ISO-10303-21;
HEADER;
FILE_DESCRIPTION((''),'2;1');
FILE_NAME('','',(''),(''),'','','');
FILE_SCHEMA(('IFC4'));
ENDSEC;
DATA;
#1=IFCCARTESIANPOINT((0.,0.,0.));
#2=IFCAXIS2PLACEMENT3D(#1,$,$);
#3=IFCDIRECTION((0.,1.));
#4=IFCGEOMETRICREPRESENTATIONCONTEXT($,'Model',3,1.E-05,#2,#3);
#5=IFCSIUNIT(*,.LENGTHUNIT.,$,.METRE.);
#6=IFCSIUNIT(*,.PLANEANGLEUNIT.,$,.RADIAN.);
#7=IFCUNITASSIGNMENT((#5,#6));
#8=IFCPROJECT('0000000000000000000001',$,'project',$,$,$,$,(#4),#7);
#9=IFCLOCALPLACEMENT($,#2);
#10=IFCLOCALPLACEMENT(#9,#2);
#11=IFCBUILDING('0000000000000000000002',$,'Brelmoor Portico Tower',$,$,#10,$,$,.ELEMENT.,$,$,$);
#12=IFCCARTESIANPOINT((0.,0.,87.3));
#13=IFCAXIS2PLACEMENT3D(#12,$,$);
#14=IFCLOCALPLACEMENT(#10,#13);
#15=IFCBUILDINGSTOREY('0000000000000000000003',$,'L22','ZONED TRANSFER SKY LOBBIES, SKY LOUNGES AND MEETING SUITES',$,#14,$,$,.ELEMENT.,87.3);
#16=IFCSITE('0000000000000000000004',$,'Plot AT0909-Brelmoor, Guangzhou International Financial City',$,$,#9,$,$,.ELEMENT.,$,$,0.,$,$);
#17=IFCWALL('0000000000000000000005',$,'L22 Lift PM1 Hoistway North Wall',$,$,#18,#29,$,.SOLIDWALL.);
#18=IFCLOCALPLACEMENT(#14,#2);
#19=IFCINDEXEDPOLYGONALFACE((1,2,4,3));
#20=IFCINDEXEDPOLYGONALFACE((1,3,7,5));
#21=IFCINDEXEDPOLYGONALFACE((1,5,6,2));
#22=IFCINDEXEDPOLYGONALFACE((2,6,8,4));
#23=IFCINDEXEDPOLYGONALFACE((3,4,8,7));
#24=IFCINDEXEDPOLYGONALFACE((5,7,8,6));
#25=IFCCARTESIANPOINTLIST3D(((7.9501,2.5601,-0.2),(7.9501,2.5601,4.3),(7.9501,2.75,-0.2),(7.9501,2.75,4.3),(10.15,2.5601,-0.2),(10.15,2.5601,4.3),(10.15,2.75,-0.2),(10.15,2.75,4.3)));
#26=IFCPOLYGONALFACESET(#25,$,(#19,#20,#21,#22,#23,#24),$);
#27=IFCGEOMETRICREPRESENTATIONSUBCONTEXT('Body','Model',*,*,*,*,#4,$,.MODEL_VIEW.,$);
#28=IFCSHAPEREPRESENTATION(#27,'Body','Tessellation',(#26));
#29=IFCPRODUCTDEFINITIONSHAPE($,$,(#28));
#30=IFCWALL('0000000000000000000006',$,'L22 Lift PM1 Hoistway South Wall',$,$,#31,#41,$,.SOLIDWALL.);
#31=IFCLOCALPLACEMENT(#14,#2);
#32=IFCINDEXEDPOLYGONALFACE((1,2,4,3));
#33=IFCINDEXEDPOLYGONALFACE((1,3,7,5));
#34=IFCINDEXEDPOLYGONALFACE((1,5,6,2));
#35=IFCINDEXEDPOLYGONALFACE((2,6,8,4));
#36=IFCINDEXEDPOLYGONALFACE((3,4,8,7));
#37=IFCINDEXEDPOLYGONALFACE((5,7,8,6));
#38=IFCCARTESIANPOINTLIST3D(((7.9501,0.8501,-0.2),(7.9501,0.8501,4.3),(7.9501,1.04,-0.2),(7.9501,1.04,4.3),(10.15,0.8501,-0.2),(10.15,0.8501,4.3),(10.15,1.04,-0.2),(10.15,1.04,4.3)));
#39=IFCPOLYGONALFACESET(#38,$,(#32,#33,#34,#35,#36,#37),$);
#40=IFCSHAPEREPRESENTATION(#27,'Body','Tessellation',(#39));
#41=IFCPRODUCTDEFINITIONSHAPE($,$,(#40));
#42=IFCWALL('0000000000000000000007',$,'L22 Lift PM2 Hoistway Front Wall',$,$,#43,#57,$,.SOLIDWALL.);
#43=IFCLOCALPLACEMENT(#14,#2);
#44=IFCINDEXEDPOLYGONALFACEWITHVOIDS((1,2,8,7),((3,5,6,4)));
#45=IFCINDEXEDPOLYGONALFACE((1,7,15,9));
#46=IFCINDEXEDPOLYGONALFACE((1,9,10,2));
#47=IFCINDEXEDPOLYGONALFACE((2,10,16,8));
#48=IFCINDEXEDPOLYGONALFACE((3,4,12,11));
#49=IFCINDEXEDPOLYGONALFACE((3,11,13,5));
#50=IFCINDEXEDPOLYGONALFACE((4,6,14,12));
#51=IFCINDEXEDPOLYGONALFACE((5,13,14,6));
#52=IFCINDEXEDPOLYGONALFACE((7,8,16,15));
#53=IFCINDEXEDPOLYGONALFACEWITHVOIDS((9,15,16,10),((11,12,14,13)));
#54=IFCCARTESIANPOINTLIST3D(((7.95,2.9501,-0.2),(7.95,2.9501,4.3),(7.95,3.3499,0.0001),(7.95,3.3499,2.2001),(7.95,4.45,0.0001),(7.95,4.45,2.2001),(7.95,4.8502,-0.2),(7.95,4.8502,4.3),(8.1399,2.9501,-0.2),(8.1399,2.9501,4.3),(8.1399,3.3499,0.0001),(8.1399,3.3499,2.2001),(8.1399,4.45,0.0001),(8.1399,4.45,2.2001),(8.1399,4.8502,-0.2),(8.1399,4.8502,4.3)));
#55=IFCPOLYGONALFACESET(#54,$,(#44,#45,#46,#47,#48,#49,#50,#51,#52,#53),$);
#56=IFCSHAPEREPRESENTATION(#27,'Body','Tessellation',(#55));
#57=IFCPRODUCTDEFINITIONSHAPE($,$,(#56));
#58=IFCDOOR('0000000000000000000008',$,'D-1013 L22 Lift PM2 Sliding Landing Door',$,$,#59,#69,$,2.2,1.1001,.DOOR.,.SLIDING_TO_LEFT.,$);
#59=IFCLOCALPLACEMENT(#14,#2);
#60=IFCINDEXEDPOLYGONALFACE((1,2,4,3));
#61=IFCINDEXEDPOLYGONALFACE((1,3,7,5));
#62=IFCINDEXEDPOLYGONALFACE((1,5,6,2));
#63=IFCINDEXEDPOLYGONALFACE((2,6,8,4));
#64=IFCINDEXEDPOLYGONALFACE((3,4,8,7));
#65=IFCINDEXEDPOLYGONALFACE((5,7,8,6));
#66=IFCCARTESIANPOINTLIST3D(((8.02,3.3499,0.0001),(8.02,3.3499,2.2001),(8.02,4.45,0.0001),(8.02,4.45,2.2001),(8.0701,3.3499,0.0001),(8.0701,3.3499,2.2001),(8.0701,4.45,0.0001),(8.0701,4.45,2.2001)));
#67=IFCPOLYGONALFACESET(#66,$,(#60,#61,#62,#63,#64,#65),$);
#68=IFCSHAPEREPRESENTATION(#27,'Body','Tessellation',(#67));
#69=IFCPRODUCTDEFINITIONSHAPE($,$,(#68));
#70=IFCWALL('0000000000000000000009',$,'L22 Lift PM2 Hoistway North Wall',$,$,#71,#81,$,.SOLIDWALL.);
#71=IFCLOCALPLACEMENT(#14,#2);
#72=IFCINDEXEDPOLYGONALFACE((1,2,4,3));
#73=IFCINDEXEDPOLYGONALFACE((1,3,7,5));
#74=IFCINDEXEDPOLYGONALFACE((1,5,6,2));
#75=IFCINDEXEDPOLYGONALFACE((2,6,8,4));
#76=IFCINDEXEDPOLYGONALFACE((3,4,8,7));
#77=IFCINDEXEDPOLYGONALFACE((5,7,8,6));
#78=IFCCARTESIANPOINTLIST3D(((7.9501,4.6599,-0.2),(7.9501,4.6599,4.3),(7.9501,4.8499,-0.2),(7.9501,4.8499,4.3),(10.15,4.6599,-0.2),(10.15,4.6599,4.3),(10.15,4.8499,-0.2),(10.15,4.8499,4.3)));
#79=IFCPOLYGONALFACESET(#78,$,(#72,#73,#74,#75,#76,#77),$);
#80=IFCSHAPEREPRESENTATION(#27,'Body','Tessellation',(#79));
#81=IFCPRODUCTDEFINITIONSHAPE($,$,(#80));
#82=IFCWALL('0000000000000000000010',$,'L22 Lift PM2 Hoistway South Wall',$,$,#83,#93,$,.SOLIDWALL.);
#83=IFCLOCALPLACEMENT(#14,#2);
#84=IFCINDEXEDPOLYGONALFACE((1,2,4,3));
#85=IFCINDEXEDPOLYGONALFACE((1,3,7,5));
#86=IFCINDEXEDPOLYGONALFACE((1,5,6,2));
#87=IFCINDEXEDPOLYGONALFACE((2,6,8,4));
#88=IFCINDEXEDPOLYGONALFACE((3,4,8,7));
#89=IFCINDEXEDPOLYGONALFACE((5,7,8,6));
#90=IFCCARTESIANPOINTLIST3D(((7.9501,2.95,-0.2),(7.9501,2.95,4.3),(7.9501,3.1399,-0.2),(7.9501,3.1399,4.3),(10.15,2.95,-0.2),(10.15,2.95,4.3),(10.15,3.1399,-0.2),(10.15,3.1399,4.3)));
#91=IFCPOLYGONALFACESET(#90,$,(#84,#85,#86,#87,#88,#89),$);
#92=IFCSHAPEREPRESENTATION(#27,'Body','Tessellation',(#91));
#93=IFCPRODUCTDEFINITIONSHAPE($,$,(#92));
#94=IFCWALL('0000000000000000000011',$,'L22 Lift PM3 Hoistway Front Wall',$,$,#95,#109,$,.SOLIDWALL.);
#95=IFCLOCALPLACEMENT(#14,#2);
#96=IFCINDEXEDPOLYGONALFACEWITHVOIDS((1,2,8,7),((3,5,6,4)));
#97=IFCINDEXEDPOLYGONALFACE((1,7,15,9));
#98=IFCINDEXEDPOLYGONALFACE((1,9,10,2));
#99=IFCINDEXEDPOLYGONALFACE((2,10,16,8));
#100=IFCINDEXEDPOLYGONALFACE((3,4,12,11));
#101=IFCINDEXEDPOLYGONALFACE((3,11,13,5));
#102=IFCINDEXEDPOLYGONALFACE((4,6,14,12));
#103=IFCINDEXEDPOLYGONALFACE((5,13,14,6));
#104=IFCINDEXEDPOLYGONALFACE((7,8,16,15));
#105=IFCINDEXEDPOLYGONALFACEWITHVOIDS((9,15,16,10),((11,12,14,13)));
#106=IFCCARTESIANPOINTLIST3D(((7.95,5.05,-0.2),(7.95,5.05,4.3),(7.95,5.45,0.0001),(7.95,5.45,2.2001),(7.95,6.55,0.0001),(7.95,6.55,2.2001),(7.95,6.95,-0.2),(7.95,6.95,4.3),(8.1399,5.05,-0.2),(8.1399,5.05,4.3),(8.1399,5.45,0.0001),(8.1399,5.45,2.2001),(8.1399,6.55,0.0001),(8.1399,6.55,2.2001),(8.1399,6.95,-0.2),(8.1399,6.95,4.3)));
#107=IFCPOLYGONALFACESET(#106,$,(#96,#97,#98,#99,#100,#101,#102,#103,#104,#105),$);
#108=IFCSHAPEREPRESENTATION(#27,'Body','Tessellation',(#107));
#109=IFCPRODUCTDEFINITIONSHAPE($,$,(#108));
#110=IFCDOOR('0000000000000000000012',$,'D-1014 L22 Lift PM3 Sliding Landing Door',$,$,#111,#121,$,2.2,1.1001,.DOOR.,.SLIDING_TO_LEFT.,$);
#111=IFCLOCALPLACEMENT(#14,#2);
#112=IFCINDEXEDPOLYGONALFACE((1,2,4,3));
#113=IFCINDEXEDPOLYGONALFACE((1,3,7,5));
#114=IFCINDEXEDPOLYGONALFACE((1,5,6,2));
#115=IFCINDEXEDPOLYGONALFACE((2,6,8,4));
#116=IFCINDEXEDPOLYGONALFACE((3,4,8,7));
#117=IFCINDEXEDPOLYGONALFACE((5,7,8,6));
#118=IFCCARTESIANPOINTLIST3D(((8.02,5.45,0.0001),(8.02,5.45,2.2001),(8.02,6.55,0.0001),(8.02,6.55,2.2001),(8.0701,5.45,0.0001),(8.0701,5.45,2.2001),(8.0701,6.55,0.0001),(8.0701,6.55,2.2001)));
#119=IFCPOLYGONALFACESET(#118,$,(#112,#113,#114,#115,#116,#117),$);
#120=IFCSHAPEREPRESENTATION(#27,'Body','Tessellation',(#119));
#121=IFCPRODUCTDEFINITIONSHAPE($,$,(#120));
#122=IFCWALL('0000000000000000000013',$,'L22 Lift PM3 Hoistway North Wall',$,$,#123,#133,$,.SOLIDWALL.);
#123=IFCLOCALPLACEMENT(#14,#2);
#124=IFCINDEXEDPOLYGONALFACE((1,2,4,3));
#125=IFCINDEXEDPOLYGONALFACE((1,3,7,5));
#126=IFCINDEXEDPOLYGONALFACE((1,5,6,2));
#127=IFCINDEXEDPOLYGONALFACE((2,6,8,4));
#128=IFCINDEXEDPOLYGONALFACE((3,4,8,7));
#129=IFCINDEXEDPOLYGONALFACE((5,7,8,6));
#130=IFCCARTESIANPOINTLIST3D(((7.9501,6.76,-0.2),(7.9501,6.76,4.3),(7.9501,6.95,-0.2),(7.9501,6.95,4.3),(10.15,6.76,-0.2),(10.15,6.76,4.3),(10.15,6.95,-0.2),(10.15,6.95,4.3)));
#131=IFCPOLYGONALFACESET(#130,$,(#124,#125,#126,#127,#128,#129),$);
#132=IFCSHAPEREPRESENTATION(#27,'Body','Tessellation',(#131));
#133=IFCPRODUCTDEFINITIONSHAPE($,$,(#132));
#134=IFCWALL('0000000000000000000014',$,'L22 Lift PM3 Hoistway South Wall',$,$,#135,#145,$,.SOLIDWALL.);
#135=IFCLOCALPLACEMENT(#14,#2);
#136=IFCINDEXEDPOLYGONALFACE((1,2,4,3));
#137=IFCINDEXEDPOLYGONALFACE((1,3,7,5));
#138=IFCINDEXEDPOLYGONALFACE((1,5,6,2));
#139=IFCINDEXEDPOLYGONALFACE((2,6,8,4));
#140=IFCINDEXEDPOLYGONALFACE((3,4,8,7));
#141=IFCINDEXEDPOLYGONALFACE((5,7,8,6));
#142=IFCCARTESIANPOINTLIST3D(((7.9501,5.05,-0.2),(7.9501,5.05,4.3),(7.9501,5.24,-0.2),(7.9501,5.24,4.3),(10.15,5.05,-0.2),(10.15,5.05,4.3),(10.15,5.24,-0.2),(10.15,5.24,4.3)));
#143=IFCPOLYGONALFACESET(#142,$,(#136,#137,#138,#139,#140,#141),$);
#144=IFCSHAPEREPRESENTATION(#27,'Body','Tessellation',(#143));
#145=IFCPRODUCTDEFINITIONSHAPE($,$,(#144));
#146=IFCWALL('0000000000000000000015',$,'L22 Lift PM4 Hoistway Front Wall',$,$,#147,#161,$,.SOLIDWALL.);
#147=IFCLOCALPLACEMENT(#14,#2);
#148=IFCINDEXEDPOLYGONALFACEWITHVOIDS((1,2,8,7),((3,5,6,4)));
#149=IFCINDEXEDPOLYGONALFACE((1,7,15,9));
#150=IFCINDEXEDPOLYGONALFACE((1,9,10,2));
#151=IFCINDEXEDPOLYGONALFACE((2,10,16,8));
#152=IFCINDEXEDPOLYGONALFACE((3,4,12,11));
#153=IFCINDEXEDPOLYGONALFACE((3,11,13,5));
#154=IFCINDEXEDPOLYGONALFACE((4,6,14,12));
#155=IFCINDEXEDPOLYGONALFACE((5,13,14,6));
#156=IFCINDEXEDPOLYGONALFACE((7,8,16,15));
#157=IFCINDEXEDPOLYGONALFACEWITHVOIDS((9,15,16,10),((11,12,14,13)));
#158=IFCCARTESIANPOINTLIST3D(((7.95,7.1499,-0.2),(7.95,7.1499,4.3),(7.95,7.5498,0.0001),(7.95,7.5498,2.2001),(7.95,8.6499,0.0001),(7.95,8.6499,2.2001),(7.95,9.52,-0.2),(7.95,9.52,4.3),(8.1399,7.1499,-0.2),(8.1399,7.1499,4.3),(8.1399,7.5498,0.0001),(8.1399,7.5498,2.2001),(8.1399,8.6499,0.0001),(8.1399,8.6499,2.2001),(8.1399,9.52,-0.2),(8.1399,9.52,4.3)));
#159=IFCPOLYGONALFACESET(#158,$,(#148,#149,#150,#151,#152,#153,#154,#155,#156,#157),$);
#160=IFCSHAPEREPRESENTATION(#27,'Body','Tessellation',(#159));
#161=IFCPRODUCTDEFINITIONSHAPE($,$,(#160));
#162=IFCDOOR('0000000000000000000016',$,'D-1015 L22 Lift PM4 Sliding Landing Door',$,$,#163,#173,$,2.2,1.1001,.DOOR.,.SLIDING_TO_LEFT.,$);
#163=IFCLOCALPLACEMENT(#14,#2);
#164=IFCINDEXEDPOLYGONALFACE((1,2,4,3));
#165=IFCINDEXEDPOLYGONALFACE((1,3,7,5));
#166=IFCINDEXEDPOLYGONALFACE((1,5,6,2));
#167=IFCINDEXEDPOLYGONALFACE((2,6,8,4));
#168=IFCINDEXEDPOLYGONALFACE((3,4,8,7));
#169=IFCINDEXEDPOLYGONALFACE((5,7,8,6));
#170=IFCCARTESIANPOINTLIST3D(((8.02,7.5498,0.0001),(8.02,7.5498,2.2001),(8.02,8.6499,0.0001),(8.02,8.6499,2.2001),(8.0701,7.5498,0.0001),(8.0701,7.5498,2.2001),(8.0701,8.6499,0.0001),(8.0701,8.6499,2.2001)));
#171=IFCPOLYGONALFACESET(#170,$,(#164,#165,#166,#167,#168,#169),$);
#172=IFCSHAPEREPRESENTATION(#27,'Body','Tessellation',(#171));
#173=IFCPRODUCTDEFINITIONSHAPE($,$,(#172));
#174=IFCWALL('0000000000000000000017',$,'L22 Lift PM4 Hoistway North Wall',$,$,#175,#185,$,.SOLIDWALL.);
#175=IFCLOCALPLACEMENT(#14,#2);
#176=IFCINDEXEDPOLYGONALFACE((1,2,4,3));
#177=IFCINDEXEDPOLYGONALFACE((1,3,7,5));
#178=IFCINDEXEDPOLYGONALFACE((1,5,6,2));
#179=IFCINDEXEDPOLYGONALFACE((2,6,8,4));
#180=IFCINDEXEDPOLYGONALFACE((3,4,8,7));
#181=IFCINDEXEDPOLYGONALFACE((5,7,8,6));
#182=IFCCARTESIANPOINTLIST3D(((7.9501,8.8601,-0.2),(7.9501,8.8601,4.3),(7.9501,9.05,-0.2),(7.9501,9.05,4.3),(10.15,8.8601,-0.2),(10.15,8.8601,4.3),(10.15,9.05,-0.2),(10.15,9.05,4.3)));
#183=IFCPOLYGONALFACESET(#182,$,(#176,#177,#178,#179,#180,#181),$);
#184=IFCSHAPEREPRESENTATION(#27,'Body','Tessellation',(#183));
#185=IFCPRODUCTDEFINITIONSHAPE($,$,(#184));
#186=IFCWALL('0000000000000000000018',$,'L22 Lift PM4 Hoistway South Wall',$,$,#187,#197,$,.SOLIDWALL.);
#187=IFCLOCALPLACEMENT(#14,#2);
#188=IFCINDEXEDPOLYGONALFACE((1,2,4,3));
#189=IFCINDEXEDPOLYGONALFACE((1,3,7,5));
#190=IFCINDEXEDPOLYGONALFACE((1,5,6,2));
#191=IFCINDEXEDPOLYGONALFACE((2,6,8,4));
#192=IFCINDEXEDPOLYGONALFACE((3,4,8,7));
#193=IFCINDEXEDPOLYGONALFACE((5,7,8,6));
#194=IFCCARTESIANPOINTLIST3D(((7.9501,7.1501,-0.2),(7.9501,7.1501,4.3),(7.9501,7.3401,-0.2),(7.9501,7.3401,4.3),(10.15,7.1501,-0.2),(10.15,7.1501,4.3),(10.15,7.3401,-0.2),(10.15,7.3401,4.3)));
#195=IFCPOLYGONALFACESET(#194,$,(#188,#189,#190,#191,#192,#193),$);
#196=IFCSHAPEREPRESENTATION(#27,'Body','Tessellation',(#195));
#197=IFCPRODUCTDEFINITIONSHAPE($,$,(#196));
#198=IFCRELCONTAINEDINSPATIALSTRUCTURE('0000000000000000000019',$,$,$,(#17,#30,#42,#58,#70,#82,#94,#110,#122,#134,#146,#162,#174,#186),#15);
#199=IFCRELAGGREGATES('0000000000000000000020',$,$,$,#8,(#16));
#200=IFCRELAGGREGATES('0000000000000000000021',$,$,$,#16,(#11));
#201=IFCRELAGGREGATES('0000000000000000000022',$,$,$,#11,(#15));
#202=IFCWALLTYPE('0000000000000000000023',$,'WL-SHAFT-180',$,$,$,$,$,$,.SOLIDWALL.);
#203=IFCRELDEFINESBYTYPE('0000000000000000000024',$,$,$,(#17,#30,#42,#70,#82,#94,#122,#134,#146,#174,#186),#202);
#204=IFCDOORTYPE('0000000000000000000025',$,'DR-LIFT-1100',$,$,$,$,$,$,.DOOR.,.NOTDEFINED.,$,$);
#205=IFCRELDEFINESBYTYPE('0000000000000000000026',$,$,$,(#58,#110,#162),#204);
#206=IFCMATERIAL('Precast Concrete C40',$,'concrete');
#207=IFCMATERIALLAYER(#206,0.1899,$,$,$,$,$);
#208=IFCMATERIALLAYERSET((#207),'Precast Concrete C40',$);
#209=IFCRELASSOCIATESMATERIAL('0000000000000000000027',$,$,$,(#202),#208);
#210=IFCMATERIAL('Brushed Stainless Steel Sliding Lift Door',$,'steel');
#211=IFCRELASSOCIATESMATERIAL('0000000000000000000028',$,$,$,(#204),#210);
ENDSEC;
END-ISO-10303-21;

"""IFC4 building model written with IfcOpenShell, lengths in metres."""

from ifc_helpers import new_model, si_unit, direction, frame, frame_2d, origin, place, context, subcontext, project, spatial, rectangle, extrude, material, layer, layer_set, type_object, element, fill, save


model = new_model("IFC4")

# Units and contexts
model_context = context("Model", 3, precision=1e-05, world=origin(), true_north=direction((0.0, 1.0)))
body_context = subcontext(model_context, "Body", "Model", "MODEL_VIEW")
ifc_project = project(units=[si_unit("LENGTHUNIT", "METRE"), si_unit("PLANEANGLEUNIT", "RADIAN")], contexts=[model_context])

# Site, building, storey
site_placement = place(None, origin())
site = spatial("IfcSite", under=ifc_project, at=site_placement, Name="Plot AT0909-Brelmoor, Guangzhou International Financial City", CompositionType="ELEMENT", RefElevation=0.0)
building_placement = place(site_placement, origin())
building = spatial("IfcBuilding", under=site, at=building_placement, Name="Brelmoor Portico Tower", CompositionType="ELEMENT")
storey_placement = place(building_placement, frame((0.0, 0.0, 87.3)))
storey = spatial("IfcBuildingStorey", under=building, at=storey_placement, Name="L22", Description="ZONED TRANSFER SKY LOBBIES, SKY LOUNGES AND MEETING SUITES", CompositionType="ELEMENT", Elevation=87.3)

# Walls
ifc_material_1 = material(Name="Precast Concrete C40", Category="concrete")
ifc_layer_1 = layer(ifc_material_1, 0.1899)
ifc_layer_set_1 = layer_set([ifc_layer_1], Name="Precast Concrete C40")
wall_type_1 = type_object("IfcWallType", Name="WL-SHAFT-180", PredefinedType="SOLIDWALL", material=ifc_layer_set_1)
for number, where, z_axis, x_axis, name in (
    (1, (7.95, 2.655, -0.2), (0.0, 0.0, 1.0), (1.0, 0.0, 0.0), "L22 Lift PM1 Hoistway North Wall"),
    (2, (7.95, 0.9451, -0.2), (0.0, 0.0, 1.0), (1.0, 0.0, 0.0), "L22 Lift PM1 Hoistway South Wall"),
):
    element("IfcWall", number, at=place(storey_placement, frame(where, z_axis=z_axis, x_axis=x_axis)), inside=storey, type_object=wall_type_1, Name=name, PredefinedType="SOLIDWALL", context=body_context, shape_type="SweptSolid", body=[
        extrude(rectangle(XDim=2.2, YDim=0.1899, at=frame_2d((1.1001, 0.0))), origin(), (0.0, 0.0, 1.0), 4.5),
    ])

# Wall, opening, door
wall_1_placement = place(storey_placement, frame((8.0449, 2.95, -0.2), z_axis=(0.0, 0.0, 1.0), x_axis=(0.0, 1.0, 0.0)))
wall_1 = element("IfcWall", 3, at=wall_1_placement, inside=storey, type_object=wall_type_1, Name="L22 Lift PM2 Hoistway Front Wall", PredefinedType="SOLIDWALL", context=body_context, shape_type="SweptSolid", body=[
    extrude(rectangle(XDim=1.9001, YDim=0.1899, at=frame_2d((0.9502, 0.0))), origin(), (0.0, 0.0, 1.0), 4.5),
])
opening_1_placement = place(wall_1_placement, frame((0.3999, 0.0, 0.2)))
opening_1 = element("IfcOpeningElement", 4, at=opening_1_placement, cuts=wall_1, PredefinedType="OPENING", context=body_context, shape_type="SweptSolid", body=[
    extrude(rectangle(XDim=1.1001, YDim=2.2, at=frame_2d((0.55, 1.1001))), frame((0.0, 0.105, 0.0), z_axis=(0.0, -1.0, 0.0), x_axis=(1.0, 0.0, 0.0)), (0.0, 0.0, 1.0), 0.21),
])
ifc_material_2 = material(Name="Brushed Stainless Steel Sliding Lift Door", Category="steel")
door_type_1 = type_object("IfcDoorType", Name="DR-LIFT-1100", OperationType="NOTDEFINED", PredefinedType="DOOR", material=ifc_material_2)
door_1_placement = place(opening_1_placement, origin())
door_1 = element("IfcDoor", 5, at=door_1_placement, inside=storey, type_object=door_type_1, Name="D-1013 L22 Lift PM2 Sliding Landing Door", OperationType="SLIDING_TO_LEFT", OverallHeight=2.2, OverallWidth=1.1001, PredefinedType="DOOR", context=body_context, shape_type="SweptSolid", body=[
    extrude(rectangle(XDim=1.1001, YDim=2.2, at=frame_2d((0.55, 1.1001))), frame((0.0, 0.0249, 0.0), z_axis=(0.0, -1.0, 0.0), x_axis=(1.0, 0.0, 0.0)), (0.0, 0.0, 1.0), 0.05),
])
fill(opening_1, door_1)

# Walls
for number, where, z_axis, x_axis, name in (
    (6, (7.95, 4.7549, -0.2), (0.0, 0.0, 1.0), (1.0, 0.0, 0.0), "L22 Lift PM2 Hoistway North Wall"),
    (7, (7.95, 3.0449, -0.2), (0.0, 0.0, 1.0), (1.0, 0.0, 0.0), "L22 Lift PM2 Hoistway South Wall"),
):
    element("IfcWall", number, at=place(storey_placement, frame(where, z_axis=z_axis, x_axis=x_axis)), inside=storey, type_object=wall_type_1, Name=name, PredefinedType="SOLIDWALL", context=body_context, shape_type="SweptSolid", body=[
        extrude(rectangle(XDim=2.2, YDim=0.1899, at=frame_2d((1.1001, 0.0))), origin(), (0.0, 0.0, 1.0), 4.5),
    ])

# Wall, opening, door
wall_2_placement = place(storey_placement, frame((8.0449, 5.05, -0.2), z_axis=(0.0, 0.0, 1.0), x_axis=(0.0, 1.0, 0.0)))
wall_2 = element("IfcWall", 8, at=wall_2_placement, inside=storey, type_object=wall_type_1, Name="L22 Lift PM3 Hoistway Front Wall", PredefinedType="SOLIDWALL", context=body_context, shape_type="SweptSolid", body=[
    extrude(rectangle(XDim=1.8999, YDim=0.1899, at=frame_2d((0.95, 0.0))), origin(), (0.0, 0.0, 1.0), 4.5),
])
opening_2_placement = place(wall_2_placement, frame((0.3999, 0.0, 0.2)))
opening_2 = element("IfcOpeningElement", 9, at=opening_2_placement, cuts=wall_2, PredefinedType="OPENING", context=body_context, shape_type="SweptSolid", body=[
    extrude(rectangle(XDim=1.1001, YDim=2.2, at=frame_2d((0.55, 1.1001))), frame((0.0, 0.105, 0.0), z_axis=(0.0, -1.0, 0.0), x_axis=(1.0, 0.0, 0.0)), (0.0, 0.0, 1.0), 0.21),
])
door_2_placement = place(opening_2_placement, origin())
door_2 = element("IfcDoor", 10, at=door_2_placement, inside=storey, type_object=door_type_1, Name="D-1014 L22 Lift PM3 Sliding Landing Door", OperationType="SLIDING_TO_LEFT", OverallHeight=2.2, OverallWidth=1.1001, PredefinedType="DOOR", context=body_context, shape_type="SweptSolid", body=[
    extrude(rectangle(XDim=1.1001, YDim=2.2, at=frame_2d((0.55, 1.1001))), frame((0.0, 0.0249, 0.0), z_axis=(0.0, -1.0, 0.0), x_axis=(1.0, 0.0, 0.0)), (0.0, 0.0, 1.0), 0.05),
])
fill(opening_2, door_2)

# Walls
for number, where, z_axis, x_axis, name in (
    (11, (7.95, 6.855, -0.2), (0.0, 0.0, 1.0), (1.0, 0.0, 0.0), "L22 Lift PM3 Hoistway North Wall"),
    (12, (7.95, 5.145, -0.2), (0.0, 0.0, 1.0), (1.0, 0.0, 0.0), "L22 Lift PM3 Hoistway South Wall"),
):
    element("IfcWall", number, at=place(storey_placement, frame(where, z_axis=z_axis, x_axis=x_axis)), inside=storey, type_object=wall_type_1, Name=name, PredefinedType="SOLIDWALL", context=body_context, shape_type="SweptSolid", body=[
        extrude(rectangle(XDim=2.2, YDim=0.1899, at=frame_2d((1.1001, 0.0))), origin(), (0.0, 0.0, 1.0), 4.5),
    ])

# Wall, opening, door
wall_3_placement = place(storey_placement, frame((8.0449, 7.1499, -0.2), z_axis=(0.0, 0.0, 1.0), x_axis=(0.0, 1.0, 0.0)))
wall_3 = element("IfcWall", 13, at=wall_3_placement, inside=storey, type_object=wall_type_1, Name="L22 Lift PM4 Hoistway Front Wall", PredefinedType="SOLIDWALL", context=body_context, shape_type="SweptSolid", body=[
    extrude(rectangle(XDim=2.3701, YDim=0.1899, at=frame_2d((1.1851, 0.0))), origin(), (0.0, 0.0, 1.0), 4.5),
])
opening_3_placement = place(wall_3_placement, frame((0.3999, 0.0, 0.2)))
opening_3 = element("IfcOpeningElement", 14, at=opening_3_placement, cuts=wall_3, PredefinedType="OPENING", context=body_context, shape_type="SweptSolid", body=[
    extrude(rectangle(XDim=1.1001, YDim=2.2, at=frame_2d((0.55, 1.1001))), frame((0.0, 0.105, 0.0), z_axis=(0.0, -1.0, 0.0), x_axis=(1.0, 0.0, 0.0)), (0.0, 0.0, 1.0), 0.21),
])
door_3_placement = place(opening_3_placement, origin())
door_3 = element("IfcDoor", 15, at=door_3_placement, inside=storey, type_object=door_type_1, Name="D-1015 L22 Lift PM4 Sliding Landing Door", OperationType="SLIDING_TO_LEFT", OverallHeight=2.2, OverallWidth=1.1001, PredefinedType="DOOR", context=body_context, shape_type="SweptSolid", body=[
    extrude(rectangle(XDim=1.1001, YDim=2.2, at=frame_2d((0.55, 1.1001))), frame((0.0, 0.0249, 0.0), z_axis=(0.0, -1.0, 0.0), x_axis=(1.0, 0.0, 0.0)), (0.0, 0.0, 1.0), 0.05),
])
fill(opening_3, door_3)

# Walls
for number, where, z_axis, x_axis, name in (
    (16, (7.95, 8.9551, -0.2), (0.0, 0.0, 1.0), (1.0, 0.0, 0.0), "L22 Lift PM4 Hoistway North Wall"),
    (17, (7.95, 7.2451, -0.2), (0.0, 0.0, 1.0), (1.0, 0.0, 0.0), "L22 Lift PM4 Hoistway South Wall"),
):
    element("IfcWall", number, at=place(storey_placement, frame(where, z_axis=z_axis, x_axis=x_axis)), inside=storey, type_object=wall_type_1, Name=name, PredefinedType="SOLIDWALL", context=body_context, shape_type="SweptSolid", body=[
        extrude(rectangle(XDim=2.2, YDim=0.1899, at=frame_2d((1.1001, 0.0))), origin(), (0.0, 0.0, 1.0), 4.5),
    ])

save(model, "model.ifc")
